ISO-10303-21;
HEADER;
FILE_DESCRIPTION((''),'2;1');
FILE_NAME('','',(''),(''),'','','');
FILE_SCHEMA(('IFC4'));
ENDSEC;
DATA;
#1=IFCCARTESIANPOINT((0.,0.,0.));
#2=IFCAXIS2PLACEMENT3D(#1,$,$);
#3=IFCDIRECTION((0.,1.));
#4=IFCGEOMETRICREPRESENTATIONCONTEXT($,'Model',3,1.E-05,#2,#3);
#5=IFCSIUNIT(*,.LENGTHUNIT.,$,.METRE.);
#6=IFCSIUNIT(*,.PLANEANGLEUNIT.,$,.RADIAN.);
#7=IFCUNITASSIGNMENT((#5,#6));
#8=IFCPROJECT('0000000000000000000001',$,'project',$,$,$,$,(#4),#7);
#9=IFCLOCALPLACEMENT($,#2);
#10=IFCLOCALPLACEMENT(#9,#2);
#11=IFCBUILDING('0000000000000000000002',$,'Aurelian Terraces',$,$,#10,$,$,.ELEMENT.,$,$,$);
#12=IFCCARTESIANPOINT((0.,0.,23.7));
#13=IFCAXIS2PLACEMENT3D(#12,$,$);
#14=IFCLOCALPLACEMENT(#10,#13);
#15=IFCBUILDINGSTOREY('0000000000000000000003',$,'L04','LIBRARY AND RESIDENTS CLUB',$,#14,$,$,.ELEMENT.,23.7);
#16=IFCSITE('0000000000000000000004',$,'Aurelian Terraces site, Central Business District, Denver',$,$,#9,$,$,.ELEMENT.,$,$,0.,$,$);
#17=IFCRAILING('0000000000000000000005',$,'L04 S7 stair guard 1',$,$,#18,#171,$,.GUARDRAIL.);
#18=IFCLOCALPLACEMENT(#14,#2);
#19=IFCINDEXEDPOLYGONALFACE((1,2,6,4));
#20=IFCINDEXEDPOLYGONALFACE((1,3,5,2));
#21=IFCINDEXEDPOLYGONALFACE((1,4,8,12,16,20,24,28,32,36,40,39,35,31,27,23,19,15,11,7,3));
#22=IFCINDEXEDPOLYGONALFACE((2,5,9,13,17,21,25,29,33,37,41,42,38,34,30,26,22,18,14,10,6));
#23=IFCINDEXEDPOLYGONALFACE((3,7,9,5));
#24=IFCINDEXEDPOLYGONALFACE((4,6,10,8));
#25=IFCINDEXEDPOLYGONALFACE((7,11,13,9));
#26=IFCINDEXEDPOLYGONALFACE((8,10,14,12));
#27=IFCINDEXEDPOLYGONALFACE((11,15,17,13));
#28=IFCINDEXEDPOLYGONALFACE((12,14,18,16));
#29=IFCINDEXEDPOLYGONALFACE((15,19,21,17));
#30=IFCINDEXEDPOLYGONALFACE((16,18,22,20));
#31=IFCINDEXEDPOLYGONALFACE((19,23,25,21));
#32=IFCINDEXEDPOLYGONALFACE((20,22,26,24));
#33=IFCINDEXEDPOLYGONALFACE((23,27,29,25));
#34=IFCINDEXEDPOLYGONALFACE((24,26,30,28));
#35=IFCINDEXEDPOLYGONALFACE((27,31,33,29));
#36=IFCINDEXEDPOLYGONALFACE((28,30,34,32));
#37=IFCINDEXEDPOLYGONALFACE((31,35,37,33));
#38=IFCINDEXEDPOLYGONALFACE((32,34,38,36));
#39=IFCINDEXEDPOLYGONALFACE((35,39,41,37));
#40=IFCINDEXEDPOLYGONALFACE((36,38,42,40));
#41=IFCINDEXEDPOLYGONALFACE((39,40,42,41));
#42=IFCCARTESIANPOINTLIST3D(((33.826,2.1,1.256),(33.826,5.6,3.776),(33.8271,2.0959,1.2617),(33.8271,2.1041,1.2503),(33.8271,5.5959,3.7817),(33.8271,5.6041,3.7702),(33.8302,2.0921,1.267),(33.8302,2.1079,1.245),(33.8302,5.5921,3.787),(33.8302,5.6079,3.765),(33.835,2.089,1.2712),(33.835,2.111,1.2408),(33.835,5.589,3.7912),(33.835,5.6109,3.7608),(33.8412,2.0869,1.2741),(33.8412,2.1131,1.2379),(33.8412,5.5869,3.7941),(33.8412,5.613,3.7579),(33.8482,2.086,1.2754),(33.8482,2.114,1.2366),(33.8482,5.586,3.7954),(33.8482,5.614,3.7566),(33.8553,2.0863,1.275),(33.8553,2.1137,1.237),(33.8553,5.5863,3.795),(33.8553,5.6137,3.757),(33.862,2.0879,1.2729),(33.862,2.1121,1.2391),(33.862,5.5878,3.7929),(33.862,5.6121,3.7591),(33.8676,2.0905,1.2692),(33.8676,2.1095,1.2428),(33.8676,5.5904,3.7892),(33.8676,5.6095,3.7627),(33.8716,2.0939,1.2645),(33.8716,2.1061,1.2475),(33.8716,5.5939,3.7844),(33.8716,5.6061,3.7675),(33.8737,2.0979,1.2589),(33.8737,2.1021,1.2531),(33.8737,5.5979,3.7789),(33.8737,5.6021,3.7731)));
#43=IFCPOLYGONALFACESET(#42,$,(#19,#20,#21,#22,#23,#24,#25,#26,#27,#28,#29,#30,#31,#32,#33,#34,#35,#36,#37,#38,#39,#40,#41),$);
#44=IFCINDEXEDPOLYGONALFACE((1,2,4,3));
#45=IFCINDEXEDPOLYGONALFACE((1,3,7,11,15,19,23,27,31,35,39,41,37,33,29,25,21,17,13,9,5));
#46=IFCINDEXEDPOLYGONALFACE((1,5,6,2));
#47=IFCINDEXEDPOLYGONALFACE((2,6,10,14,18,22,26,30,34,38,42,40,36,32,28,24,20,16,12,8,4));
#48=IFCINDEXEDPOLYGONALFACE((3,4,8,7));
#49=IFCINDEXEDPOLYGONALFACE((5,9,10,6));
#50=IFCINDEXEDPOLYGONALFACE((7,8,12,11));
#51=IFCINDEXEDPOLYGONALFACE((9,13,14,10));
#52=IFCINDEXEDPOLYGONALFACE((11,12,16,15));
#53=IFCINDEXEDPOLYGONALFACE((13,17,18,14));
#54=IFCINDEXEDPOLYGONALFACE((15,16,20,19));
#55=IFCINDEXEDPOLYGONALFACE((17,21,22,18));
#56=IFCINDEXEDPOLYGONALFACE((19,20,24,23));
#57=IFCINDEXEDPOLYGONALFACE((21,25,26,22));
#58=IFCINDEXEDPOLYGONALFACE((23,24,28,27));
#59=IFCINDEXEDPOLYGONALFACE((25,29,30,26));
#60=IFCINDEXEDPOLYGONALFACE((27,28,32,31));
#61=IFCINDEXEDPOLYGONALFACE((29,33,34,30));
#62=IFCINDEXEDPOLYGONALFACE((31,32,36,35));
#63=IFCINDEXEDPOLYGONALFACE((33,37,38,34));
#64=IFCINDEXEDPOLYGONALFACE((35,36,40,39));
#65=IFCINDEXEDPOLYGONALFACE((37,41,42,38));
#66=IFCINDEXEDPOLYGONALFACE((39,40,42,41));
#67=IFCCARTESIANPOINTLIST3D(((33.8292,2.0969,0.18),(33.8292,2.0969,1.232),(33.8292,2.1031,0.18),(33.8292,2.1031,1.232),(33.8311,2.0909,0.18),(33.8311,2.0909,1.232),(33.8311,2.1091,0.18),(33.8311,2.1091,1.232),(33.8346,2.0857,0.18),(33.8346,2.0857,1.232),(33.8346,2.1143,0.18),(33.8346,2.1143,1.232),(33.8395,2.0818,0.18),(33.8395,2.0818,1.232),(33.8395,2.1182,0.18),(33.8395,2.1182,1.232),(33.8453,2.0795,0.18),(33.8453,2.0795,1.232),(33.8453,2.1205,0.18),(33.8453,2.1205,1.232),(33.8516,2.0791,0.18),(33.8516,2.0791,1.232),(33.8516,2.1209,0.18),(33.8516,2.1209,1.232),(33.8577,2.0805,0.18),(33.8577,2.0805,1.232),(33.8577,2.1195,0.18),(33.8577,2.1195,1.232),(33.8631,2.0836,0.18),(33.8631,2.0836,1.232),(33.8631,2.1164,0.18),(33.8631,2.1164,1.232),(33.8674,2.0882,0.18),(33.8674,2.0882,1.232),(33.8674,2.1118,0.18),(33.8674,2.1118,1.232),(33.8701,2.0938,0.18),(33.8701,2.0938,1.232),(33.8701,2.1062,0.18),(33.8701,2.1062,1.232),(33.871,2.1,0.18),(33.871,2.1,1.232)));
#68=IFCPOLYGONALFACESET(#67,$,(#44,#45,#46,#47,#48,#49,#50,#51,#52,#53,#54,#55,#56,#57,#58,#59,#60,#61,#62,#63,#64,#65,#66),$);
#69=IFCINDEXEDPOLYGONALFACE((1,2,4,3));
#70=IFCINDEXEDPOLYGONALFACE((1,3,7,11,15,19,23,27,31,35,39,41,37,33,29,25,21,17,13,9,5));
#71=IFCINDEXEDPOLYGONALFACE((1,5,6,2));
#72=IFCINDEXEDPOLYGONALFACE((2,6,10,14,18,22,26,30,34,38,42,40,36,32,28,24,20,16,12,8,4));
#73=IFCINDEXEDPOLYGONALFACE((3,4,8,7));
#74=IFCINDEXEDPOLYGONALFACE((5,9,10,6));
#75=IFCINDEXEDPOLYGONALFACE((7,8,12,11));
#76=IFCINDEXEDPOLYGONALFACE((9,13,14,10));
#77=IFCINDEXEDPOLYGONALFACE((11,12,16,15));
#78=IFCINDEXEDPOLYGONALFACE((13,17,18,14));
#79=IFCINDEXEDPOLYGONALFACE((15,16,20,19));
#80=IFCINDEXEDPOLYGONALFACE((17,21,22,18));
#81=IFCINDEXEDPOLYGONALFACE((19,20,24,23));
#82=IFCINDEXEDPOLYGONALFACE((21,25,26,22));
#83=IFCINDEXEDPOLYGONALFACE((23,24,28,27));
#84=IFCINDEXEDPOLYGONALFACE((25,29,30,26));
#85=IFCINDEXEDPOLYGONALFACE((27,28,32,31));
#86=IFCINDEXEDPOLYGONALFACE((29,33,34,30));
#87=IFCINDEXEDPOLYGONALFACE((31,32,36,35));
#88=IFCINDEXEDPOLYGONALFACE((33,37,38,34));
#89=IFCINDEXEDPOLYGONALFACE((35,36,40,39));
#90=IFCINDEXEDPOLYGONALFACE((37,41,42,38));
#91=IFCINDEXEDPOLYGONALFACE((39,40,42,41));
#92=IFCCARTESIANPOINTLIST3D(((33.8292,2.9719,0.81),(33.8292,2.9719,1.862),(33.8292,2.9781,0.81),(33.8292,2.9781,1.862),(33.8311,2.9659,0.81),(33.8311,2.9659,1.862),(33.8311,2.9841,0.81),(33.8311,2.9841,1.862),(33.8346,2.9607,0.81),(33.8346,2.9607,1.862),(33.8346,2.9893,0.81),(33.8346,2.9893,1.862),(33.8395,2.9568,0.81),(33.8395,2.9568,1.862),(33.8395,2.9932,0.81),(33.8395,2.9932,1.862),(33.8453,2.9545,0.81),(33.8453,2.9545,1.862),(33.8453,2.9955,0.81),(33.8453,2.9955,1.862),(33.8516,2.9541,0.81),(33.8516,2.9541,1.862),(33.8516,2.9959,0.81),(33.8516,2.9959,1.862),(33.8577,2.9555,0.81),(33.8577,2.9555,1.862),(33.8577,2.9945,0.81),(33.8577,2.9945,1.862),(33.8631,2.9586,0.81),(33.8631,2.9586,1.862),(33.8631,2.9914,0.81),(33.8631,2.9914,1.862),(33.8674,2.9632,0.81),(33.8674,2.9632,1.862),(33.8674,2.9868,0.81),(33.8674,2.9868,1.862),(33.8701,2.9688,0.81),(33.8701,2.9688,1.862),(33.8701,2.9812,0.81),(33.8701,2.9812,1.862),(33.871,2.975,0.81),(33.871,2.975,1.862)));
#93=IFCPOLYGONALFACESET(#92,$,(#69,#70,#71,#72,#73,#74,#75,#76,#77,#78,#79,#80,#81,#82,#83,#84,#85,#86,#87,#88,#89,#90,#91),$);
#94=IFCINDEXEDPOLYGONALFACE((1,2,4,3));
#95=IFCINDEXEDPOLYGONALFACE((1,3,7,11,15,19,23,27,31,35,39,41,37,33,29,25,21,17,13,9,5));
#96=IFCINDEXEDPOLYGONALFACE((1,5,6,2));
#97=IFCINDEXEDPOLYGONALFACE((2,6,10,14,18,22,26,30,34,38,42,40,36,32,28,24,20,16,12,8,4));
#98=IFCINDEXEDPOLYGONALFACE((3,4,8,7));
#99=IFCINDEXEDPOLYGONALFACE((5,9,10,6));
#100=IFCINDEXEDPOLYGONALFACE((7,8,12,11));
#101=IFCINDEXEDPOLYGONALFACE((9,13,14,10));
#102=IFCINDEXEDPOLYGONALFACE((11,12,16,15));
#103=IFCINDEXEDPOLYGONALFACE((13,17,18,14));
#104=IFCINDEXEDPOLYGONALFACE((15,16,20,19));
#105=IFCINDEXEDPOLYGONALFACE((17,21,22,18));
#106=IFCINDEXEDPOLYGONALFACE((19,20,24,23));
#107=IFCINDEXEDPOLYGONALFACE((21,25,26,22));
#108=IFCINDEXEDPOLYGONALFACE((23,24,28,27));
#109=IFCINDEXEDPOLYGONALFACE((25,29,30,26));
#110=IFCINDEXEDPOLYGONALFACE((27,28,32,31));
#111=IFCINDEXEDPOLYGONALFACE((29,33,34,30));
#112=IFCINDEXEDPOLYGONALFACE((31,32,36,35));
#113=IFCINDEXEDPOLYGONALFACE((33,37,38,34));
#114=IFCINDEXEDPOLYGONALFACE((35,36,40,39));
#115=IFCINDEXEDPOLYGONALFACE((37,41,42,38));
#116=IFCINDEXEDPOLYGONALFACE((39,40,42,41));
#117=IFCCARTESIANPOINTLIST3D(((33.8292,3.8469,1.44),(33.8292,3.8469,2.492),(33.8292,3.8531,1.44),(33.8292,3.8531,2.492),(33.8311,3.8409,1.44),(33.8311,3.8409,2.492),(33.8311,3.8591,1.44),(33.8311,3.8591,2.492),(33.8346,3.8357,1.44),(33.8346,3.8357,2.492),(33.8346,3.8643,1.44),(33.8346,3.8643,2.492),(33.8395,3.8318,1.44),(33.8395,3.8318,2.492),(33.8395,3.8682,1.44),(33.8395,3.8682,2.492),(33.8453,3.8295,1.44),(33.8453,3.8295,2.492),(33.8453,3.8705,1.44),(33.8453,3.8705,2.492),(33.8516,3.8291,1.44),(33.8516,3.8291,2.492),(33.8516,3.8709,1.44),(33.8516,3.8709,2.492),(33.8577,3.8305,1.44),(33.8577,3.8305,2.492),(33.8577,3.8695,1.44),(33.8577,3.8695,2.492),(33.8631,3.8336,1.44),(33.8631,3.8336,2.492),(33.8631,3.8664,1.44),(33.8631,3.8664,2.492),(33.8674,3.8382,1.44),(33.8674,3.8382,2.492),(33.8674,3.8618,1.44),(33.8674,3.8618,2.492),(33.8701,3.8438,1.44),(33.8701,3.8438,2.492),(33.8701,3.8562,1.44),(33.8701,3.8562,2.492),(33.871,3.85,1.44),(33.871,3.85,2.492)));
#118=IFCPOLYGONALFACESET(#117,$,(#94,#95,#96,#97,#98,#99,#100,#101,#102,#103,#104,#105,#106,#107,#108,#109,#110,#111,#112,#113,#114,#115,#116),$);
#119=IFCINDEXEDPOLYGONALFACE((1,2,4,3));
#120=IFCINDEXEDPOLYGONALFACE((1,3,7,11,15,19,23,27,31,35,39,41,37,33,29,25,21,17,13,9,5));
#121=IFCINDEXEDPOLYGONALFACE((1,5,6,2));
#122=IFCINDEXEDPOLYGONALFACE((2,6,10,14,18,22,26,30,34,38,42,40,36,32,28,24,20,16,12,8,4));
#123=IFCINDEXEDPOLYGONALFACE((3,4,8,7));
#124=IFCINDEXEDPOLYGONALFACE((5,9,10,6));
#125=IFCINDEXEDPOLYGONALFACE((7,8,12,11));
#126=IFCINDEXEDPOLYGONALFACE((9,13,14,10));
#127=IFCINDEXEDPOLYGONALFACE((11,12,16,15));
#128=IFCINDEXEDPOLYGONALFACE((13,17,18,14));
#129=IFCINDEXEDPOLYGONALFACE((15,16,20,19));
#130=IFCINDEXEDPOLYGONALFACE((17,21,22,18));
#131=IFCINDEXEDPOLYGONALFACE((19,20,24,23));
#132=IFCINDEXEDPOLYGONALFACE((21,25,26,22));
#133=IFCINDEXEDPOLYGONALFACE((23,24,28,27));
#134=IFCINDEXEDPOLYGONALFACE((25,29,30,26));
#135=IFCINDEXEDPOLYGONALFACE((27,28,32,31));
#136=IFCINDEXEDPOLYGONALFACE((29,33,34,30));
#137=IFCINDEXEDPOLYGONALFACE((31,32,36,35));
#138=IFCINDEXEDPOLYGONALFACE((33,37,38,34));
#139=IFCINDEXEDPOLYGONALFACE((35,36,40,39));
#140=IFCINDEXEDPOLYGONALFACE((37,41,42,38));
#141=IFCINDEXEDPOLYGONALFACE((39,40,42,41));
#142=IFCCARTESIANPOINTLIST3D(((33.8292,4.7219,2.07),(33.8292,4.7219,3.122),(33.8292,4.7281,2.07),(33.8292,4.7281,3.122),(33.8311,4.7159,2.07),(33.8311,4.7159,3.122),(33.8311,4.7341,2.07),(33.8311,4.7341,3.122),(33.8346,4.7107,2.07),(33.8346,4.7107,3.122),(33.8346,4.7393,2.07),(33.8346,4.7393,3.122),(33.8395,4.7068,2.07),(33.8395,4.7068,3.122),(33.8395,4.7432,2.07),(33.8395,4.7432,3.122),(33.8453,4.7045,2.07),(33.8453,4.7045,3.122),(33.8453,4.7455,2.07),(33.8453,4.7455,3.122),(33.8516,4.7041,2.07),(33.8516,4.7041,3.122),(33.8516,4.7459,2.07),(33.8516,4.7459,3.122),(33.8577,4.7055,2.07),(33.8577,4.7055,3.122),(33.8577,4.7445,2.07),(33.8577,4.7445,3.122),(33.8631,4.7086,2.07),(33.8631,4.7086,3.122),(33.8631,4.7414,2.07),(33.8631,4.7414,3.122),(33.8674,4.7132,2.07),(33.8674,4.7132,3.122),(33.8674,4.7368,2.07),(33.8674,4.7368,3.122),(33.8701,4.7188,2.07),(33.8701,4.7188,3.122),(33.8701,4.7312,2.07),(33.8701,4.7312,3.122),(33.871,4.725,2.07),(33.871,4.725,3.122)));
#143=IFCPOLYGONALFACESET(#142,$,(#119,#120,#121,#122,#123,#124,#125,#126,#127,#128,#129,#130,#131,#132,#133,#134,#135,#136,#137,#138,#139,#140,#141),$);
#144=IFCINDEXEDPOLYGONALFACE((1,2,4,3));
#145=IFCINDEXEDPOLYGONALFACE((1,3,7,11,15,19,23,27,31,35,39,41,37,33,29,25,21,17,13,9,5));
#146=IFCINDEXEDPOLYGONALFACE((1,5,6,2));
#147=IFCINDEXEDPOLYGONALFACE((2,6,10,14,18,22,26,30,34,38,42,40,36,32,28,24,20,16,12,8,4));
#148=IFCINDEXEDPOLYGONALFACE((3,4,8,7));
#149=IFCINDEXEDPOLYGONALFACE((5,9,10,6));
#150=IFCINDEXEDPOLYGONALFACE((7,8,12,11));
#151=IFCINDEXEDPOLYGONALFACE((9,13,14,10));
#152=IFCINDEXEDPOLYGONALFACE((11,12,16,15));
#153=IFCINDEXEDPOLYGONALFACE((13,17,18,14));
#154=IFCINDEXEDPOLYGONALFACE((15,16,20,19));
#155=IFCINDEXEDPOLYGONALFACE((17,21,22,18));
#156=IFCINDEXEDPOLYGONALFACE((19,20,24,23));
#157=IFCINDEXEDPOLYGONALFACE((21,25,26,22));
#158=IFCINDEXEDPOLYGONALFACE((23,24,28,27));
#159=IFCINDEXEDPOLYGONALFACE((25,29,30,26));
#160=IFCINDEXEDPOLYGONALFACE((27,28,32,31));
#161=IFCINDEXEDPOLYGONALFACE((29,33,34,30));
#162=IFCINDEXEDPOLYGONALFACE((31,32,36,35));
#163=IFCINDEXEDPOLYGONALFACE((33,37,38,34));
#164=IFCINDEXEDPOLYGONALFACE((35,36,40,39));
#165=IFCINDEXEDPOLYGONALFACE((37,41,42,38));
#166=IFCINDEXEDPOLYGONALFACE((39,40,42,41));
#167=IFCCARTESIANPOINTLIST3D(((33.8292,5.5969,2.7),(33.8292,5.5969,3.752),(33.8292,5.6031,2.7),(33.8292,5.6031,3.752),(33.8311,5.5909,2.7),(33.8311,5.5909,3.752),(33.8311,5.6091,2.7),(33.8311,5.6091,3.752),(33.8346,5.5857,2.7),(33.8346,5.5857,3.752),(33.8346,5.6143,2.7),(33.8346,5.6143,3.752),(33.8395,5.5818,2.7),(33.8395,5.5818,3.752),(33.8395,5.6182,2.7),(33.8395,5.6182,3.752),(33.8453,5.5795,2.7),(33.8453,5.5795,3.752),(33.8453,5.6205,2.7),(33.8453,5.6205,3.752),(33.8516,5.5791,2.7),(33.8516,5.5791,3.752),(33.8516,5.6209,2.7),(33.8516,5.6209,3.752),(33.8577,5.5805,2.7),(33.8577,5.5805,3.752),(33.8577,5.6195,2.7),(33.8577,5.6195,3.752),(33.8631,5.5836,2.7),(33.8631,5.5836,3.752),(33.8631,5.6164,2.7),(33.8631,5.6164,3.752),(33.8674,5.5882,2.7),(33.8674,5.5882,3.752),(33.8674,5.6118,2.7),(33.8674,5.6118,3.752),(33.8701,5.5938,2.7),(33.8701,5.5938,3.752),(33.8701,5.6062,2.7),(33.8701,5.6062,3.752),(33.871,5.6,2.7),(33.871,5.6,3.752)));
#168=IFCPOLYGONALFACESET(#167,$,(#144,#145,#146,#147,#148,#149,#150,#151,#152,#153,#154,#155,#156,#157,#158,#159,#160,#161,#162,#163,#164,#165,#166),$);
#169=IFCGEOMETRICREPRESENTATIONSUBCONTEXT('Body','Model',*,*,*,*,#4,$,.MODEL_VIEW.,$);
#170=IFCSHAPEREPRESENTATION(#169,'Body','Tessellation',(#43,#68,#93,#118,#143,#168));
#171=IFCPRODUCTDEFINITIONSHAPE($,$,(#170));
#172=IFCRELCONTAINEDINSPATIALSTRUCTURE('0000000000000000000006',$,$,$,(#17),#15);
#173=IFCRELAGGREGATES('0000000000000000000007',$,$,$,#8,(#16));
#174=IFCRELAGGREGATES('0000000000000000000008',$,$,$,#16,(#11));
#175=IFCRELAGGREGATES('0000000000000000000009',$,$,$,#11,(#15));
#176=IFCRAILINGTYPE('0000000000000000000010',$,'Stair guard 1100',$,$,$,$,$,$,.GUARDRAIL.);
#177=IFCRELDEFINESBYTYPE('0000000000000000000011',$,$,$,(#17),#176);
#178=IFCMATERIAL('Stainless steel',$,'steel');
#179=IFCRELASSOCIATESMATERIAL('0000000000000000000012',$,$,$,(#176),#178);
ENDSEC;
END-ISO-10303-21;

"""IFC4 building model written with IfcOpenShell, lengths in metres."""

from ifc_helpers import new_model, si_unit, direction, frame, origin, origin_2d, place, context, subcontext, project, spatial, circle, extrude, source, transform, mapped, material, type_object, element, save


model = new_model("IFC4")

# Units and contexts
model_context = context("Model", 3, precision=1e-05, world=origin(), true_north=direction((0.0, 1.0)))
body_context = subcontext(model_context, "Body", "Model", "MODEL_VIEW")
ifc_project = project(units=[si_unit("LENGTHUNIT", "METRE"), si_unit("PLANEANGLEUNIT", "RADIAN")], contexts=[model_context])

# Site, building, storey
site_placement = place(None, origin())
site = spatial("IfcSite", under=ifc_project, at=site_placement, Name="Aurelian Terraces site, Central Business District, Denver", CompositionType="ELEMENT", RefElevation=0.0)
building_placement = place(site_placement, origin())
building = spatial("IfcBuilding", under=site, at=building_placement, Name="Aurelian Terraces", CompositionType="ELEMENT")
storey_placement = place(building_placement, frame((0.0, 0.0, 23.7)))
storey = spatial("IfcBuildingStorey", under=building, at=storey_placement, Name="L04", Description="LIBRARY AND RESIDENTS CLUB", CompositionType="ELEMENT", Elevation=23.7)

# Railing
ifc_material_1 = material(Name="Stainless steel", Category="steel")
railing_type_1 = type_object("IfcRailingType", Name="Stair guard 1100", PredefinedType="GUARDRAIL", material=ifc_material_1)
shared_shape_1 = source(origin(), body_context, "Body", "SweptSolid", [
    extrude(circle(Radius=0.024, at=origin_2d()), frame((0.0, 0.0, 1.076), z_axis=(0.0, 0.811534, 0.584305), x_axis=(-1.0, 0.0, 0.0)), (0.0, 0.0, 1.0), 4.3128),
    extrude(circle(Radius=0.021, at=origin_2d()), origin(), (0.0, 0.0, 1.0), 1.052),
    extrude(circle(Radius=0.021, at=origin_2d()), frame((0.0, 0.875, 0.63)), (0.0, 0.0, 1.0), 1.052),
    extrude(circle(Radius=0.021, at=origin_2d()), frame((0.0, 1.75, 1.26)), (0.0, 0.0, 1.0), 1.052),
    extrude(circle(Radius=0.021, at=origin_2d()), frame((0.0, 2.625, 1.89)), (0.0, 0.0, 1.0), 1.052),
    extrude(circle(Radius=0.021, at=origin_2d()), frame((0.0, 3.5, 2.52)), (0.0, 0.0, 1.0), 1.052),
])
railing_1_placement = place(storey_placement, frame((33.85, 2.1, 0.18)))
element("IfcRailing", 1, at=railing_1_placement, inside=storey, type_object=railing_type_1, Name="L04 S7 stair guard 1", PredefinedType="GUARDRAIL", context=body_context, shape_type="MappedRepresentation", body=[
    mapped(shared_shape_1, transform((0.0, 0.0, 0.0), scale=1.0)),
])

save(model, "model.ifc")
